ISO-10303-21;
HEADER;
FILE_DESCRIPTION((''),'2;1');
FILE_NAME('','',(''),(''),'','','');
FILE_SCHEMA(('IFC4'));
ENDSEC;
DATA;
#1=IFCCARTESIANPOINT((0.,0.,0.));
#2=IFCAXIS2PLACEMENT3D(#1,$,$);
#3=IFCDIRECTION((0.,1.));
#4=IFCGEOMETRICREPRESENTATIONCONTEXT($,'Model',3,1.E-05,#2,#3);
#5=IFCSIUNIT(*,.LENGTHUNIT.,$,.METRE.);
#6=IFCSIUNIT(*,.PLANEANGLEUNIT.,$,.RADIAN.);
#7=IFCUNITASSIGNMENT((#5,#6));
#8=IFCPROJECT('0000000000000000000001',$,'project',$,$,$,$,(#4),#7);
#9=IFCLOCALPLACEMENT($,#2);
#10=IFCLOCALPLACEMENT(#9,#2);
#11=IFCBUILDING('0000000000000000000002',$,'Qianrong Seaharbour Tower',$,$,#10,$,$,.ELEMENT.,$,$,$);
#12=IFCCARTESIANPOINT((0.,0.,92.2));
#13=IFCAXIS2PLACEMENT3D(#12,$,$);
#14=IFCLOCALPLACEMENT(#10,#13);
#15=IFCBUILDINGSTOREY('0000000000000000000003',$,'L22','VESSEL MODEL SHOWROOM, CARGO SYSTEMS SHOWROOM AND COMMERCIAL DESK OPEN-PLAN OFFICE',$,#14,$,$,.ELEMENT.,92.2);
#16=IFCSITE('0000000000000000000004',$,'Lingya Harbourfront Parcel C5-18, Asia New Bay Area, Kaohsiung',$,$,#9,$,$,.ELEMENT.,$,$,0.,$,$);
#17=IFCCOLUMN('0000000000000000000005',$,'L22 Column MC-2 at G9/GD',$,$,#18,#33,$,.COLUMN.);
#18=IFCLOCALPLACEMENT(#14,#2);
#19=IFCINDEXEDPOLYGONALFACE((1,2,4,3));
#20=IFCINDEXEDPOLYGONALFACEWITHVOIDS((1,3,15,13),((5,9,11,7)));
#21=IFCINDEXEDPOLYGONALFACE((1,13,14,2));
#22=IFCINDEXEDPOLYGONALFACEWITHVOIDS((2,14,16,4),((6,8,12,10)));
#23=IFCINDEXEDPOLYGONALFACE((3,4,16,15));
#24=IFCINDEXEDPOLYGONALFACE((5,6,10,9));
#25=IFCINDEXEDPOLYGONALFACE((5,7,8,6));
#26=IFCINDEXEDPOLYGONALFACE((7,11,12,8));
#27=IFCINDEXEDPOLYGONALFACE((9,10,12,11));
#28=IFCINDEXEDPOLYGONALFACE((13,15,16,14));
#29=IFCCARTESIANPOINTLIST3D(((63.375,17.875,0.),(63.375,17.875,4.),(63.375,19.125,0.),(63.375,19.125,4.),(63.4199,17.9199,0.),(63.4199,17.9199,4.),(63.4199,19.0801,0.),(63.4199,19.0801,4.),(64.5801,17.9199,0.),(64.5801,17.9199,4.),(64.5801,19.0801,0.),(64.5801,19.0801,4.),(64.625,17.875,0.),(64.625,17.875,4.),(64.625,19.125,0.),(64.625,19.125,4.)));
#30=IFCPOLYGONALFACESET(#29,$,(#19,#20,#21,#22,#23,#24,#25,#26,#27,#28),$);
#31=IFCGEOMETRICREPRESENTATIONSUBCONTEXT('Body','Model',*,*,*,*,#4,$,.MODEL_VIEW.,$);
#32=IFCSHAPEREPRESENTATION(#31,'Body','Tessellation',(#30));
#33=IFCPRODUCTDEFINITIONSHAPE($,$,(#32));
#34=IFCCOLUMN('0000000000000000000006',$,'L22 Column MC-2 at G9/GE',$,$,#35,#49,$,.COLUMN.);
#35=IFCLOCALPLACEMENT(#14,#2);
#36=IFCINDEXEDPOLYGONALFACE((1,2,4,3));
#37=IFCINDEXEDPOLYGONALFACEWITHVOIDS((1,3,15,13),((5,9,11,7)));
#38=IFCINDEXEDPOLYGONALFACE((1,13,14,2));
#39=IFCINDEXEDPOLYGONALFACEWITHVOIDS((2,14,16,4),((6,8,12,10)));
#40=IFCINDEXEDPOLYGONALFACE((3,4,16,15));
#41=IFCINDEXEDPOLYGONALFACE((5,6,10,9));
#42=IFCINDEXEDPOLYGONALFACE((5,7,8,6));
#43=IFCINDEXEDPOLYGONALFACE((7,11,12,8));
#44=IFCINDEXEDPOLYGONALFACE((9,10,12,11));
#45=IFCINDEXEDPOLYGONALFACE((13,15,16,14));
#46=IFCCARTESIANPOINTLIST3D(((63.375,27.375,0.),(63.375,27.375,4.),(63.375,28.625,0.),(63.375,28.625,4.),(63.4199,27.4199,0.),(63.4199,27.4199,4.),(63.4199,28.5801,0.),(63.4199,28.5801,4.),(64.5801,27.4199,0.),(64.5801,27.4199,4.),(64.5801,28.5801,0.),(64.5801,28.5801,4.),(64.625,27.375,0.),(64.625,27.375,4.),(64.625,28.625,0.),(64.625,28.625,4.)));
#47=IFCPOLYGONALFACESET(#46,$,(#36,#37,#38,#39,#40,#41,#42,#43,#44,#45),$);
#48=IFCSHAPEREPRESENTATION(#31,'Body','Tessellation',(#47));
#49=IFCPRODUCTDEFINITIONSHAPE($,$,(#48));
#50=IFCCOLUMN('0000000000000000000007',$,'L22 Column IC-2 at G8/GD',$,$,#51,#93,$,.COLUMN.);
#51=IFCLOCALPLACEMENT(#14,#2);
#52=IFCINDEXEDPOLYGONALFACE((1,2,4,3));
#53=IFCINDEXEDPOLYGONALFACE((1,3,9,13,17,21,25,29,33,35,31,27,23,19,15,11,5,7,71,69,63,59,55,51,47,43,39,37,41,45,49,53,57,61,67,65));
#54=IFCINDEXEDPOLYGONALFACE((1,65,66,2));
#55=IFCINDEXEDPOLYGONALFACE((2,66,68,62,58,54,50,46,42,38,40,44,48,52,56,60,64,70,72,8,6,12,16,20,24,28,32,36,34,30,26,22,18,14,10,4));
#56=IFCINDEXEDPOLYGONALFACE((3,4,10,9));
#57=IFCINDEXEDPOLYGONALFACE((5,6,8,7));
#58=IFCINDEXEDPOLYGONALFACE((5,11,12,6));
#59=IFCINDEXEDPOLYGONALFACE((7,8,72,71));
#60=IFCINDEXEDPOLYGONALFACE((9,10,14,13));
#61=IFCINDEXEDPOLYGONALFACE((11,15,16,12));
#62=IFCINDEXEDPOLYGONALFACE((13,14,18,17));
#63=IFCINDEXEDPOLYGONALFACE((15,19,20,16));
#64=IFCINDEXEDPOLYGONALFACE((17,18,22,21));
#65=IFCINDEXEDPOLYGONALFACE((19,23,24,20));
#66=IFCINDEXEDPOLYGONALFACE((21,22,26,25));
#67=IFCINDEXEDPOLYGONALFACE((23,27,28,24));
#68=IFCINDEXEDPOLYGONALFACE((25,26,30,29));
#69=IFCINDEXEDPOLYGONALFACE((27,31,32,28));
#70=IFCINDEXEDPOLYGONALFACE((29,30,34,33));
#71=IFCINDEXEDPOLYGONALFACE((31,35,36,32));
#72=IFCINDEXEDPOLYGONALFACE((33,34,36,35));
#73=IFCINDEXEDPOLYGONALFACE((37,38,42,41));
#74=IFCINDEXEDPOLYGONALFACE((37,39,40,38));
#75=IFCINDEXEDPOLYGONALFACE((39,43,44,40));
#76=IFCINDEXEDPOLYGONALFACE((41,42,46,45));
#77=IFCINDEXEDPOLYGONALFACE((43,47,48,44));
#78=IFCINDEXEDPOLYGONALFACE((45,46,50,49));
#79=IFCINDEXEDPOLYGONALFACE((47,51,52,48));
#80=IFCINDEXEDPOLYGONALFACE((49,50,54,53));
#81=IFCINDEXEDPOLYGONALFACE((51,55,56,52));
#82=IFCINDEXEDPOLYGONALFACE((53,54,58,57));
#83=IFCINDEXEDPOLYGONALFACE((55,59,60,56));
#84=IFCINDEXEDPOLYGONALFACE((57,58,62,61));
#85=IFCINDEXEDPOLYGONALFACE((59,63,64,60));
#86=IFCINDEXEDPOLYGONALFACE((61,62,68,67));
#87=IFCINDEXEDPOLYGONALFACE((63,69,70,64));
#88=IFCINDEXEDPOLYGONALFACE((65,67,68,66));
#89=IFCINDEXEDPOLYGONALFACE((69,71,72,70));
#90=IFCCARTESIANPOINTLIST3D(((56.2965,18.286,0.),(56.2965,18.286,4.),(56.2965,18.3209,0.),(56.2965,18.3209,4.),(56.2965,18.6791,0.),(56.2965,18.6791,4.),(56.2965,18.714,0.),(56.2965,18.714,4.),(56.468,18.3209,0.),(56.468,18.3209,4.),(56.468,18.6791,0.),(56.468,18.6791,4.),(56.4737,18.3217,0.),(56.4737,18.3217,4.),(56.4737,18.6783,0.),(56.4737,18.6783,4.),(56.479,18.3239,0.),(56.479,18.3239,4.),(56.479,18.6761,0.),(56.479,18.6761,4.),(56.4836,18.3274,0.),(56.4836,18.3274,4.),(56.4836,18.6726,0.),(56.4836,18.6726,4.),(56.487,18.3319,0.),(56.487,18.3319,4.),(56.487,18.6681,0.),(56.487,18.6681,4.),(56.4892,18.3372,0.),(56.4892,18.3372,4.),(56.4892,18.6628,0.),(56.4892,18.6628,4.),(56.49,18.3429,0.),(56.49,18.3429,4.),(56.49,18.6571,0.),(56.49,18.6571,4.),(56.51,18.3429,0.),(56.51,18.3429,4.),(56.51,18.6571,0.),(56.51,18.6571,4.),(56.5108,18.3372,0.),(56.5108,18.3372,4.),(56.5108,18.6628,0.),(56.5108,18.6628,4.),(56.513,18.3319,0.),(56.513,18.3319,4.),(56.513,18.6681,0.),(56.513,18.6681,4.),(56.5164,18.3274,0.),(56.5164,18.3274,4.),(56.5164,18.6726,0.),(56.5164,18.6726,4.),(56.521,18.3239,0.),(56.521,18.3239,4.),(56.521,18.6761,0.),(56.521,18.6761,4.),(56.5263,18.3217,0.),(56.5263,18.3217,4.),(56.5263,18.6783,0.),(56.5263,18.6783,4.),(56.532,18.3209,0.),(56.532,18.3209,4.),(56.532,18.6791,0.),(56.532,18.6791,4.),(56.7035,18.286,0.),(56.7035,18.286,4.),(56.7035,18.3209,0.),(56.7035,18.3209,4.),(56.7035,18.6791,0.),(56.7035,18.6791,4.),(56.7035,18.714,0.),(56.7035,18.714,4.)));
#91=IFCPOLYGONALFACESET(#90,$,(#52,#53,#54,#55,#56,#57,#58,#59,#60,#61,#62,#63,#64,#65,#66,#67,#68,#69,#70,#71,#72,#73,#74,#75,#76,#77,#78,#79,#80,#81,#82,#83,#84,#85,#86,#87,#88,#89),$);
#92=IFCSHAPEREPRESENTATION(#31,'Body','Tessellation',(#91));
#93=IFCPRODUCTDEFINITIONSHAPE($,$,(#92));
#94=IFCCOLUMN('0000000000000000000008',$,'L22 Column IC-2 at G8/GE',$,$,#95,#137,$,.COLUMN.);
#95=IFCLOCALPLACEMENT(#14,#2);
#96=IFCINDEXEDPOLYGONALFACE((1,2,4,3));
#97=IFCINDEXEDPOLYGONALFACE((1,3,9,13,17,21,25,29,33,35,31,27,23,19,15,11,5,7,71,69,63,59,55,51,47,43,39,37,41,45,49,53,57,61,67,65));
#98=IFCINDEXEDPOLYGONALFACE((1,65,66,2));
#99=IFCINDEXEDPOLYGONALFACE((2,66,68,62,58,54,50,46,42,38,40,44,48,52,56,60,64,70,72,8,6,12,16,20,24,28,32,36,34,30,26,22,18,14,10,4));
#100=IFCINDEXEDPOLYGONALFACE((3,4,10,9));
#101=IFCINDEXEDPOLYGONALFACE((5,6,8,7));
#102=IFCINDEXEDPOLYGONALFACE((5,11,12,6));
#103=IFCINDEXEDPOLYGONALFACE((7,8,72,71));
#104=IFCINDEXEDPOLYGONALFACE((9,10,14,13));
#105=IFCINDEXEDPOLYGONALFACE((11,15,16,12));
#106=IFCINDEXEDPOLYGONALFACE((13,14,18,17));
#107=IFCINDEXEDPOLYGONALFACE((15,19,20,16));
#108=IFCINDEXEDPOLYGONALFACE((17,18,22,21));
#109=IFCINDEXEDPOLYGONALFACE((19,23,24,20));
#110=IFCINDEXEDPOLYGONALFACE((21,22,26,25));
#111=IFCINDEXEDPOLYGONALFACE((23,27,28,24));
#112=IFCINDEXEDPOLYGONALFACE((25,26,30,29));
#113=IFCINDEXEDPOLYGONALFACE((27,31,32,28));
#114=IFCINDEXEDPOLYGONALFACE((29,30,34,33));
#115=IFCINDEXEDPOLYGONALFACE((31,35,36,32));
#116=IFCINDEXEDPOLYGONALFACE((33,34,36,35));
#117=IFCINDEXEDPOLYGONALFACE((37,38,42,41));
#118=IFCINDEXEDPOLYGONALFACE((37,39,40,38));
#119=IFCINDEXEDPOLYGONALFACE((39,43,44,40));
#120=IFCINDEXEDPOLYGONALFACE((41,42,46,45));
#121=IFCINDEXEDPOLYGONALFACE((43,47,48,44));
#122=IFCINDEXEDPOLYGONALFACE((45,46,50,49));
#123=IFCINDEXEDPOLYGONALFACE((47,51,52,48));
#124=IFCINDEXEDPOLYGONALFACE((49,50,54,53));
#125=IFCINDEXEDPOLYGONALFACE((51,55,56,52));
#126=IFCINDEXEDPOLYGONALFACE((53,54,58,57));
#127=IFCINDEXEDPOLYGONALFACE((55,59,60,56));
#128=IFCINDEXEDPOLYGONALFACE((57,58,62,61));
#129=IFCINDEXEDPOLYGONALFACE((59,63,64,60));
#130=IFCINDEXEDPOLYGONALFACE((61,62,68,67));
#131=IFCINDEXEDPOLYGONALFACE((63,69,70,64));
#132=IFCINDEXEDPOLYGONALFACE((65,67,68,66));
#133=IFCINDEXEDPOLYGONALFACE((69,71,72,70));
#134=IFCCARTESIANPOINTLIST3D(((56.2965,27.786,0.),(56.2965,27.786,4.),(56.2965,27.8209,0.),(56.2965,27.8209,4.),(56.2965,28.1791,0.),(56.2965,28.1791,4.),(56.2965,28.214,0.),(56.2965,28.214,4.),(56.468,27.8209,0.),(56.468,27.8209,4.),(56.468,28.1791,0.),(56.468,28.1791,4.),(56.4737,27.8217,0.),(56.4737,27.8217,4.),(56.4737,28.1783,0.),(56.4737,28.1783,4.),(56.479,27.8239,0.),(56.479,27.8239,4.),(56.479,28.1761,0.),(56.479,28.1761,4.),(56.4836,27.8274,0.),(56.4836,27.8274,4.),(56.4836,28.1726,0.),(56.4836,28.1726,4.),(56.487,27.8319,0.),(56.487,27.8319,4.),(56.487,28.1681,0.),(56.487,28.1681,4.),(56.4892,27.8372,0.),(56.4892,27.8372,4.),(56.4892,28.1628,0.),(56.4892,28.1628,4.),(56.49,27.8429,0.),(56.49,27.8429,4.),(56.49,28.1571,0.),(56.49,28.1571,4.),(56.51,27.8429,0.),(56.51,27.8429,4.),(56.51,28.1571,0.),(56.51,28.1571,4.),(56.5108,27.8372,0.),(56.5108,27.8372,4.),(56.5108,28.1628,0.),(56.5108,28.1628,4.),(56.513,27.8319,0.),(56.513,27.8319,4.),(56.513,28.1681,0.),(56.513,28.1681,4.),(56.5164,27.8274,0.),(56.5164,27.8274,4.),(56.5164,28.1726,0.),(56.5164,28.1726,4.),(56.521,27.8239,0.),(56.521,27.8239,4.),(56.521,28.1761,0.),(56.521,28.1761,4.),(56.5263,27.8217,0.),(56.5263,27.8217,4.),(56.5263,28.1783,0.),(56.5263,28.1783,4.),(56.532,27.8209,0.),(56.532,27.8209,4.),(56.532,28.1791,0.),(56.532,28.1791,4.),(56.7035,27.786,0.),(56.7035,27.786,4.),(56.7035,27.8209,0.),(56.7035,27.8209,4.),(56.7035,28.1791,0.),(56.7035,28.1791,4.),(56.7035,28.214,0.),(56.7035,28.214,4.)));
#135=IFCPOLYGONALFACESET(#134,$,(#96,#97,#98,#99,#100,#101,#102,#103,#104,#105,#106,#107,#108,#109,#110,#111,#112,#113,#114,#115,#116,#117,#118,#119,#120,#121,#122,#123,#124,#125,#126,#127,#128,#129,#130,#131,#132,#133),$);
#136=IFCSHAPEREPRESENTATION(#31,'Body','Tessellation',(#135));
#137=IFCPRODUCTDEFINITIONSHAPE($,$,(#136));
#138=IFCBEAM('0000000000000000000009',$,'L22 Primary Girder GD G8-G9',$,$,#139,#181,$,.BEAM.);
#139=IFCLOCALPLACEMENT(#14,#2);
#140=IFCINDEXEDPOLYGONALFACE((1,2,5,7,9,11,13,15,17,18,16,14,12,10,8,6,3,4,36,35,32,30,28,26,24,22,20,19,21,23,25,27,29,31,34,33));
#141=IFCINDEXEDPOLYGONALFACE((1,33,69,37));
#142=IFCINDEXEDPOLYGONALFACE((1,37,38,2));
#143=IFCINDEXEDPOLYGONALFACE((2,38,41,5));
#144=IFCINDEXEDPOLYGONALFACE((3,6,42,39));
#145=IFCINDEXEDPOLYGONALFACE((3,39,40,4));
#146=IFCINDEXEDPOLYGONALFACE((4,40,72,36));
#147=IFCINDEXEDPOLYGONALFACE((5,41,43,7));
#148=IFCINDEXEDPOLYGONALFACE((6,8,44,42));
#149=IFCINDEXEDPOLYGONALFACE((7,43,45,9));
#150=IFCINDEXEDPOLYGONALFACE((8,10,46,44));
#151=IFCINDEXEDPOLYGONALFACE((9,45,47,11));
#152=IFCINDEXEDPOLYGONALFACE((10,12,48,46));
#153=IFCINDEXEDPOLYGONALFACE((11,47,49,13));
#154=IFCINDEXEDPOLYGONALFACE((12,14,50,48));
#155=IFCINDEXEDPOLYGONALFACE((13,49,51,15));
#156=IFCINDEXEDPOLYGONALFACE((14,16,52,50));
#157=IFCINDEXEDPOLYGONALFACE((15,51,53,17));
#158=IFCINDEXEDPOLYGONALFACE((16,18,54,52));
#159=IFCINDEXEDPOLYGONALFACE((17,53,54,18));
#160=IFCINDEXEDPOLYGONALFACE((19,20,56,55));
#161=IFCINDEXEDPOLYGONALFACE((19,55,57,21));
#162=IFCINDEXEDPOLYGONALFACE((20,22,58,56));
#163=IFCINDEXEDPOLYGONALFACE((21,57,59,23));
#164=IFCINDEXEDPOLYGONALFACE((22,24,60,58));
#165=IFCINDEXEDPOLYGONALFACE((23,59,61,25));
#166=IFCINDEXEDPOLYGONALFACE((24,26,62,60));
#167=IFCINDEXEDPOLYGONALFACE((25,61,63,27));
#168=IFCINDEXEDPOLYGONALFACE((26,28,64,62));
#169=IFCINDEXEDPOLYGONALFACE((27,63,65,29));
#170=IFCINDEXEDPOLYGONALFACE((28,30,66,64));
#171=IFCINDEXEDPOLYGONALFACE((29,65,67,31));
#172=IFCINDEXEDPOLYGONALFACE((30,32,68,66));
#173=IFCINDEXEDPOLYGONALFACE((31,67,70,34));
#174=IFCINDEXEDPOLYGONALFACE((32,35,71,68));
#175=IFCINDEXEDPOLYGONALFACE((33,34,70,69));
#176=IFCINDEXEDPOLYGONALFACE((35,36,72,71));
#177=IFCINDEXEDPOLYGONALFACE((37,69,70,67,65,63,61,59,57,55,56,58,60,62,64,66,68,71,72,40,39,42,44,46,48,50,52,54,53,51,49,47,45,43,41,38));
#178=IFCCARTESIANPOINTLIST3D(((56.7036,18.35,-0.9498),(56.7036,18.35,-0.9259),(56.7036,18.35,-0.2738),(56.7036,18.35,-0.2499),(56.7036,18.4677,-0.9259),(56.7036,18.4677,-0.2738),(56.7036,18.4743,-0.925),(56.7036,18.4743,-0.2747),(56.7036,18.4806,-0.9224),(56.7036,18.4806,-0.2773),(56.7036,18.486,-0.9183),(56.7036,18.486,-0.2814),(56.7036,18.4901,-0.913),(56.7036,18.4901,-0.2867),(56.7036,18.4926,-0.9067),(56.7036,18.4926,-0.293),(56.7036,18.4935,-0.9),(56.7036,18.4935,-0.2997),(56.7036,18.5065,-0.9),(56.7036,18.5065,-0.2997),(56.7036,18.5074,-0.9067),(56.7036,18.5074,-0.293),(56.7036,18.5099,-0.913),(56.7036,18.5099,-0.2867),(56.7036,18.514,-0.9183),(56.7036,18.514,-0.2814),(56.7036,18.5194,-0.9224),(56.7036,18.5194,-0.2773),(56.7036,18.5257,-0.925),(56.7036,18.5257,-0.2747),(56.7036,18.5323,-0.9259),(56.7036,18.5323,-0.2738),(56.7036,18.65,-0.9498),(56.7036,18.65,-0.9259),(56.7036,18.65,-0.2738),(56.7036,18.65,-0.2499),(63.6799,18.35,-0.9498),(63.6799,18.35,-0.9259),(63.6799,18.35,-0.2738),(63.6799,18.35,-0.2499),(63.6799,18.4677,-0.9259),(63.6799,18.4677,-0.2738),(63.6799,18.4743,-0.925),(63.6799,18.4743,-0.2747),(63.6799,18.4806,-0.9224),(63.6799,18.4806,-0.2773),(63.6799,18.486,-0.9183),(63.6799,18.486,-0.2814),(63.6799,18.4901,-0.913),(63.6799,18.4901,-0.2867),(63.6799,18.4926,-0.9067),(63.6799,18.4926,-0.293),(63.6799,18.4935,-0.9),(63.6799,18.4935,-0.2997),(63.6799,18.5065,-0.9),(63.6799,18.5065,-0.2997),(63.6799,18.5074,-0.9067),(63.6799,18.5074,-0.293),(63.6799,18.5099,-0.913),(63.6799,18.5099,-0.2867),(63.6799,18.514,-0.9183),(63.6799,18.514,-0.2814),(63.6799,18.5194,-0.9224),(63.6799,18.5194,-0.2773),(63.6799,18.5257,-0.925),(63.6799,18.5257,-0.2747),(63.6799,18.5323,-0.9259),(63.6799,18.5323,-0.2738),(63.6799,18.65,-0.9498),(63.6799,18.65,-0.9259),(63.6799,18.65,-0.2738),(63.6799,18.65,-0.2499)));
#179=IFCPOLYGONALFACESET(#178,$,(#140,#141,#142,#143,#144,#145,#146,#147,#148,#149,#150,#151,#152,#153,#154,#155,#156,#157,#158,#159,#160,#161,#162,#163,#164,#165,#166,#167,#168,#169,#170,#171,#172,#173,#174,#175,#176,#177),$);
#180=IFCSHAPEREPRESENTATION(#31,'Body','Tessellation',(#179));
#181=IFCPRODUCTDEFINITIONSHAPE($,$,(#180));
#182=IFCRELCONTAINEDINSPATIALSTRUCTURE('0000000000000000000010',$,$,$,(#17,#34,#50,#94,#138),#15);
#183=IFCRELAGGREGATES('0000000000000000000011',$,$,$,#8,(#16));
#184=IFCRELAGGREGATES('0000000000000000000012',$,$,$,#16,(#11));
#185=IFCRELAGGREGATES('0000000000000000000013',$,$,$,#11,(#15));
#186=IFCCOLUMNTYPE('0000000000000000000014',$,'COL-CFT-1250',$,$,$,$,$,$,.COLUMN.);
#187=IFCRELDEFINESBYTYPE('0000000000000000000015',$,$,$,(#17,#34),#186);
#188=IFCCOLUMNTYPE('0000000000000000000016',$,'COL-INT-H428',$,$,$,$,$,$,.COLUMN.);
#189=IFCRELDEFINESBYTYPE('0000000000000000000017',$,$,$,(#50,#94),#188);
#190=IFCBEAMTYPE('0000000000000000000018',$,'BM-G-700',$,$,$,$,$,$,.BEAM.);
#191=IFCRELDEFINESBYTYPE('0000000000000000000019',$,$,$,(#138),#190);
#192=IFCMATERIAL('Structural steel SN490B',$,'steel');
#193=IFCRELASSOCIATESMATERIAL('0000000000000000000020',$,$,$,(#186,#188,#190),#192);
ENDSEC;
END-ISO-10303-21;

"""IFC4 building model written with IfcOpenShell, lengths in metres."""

from ifc_helpers import new_model, si_unit, direction, frame, origin, origin_2d, place, context, subcontext, project, spatial, hollow_rectangle, i_section, extrude, material, material_profile, profile_set, type_object, element, save


model = new_model("IFC4")

# Units and contexts
model_context = context("Model", 3, precision=1e-05, world=origin(), true_north=direction((0.0, 1.0)))
body_context = subcontext(model_context, "Body", "Model", "MODEL_VIEW")
ifc_project = project(units=[si_unit("LENGTHUNIT", "METRE"), si_unit("PLANEANGLEUNIT", "RADIAN")], contexts=[model_context])

# Site, building, storey
site_placement = place(None, origin())
site = spatial("IfcSite", under=ifc_project, at=site_placement, Name="Lingya Harbourfront Parcel C5-18, Asia New Bay Area, Kaohsiung", CompositionType="ELEMENT", RefElevation=0.0)
building_placement = place(site_placement, origin())
building = spatial("IfcBuilding", under=site, at=building_placement, Name="Qianrong Seaharbour Tower", CompositionType="ELEMENT")
storey_placement = place(building_placement, frame((0.0, 0.0, 92.2)))
storey = spatial("IfcBuildingStorey", under=building, at=storey_placement, Name="L22", Description="VESSEL MODEL SHOWROOM, CARGO SYSTEMS SHOWROOM AND COMMERCIAL DESK OPEN-PLAN OFFICE", CompositionType="ELEMENT", Elevation=92.2)

# Columns
ifc_material_1 = material(Name="Structural steel SN490B", Category="steel")
ifc_material_profile_1 = material_profile(ifc_material_1, hollow_rectangle(XDim=1.25, YDim=1.25, WallThickness=0.0449, at=origin_2d()), Name="BOX1250x1250x45")
ifc_profile_set_1 = profile_set([ifc_material_profile_1], Name="Structural steel SN490B")
column_type_1 = type_object("IfcColumnType", Name="COL-CFT-1250", PredefinedType="COLUMN", material=ifc_profile_set_1)
for number, where, z_axis, x_axis, name in (
    (1, (64.0, 18.5, 0.0), (0.0, 0.0, 1.0), (1.0, 0.0, 0.0), "L22 Column MC-2 at G9/GD"),
    (2, (64.0, 28.0, 0.0), (0.0, 0.0, 1.0), (1.0, 0.0, 0.0), "L22 Column MC-2 at G9/GE"),
):
    element("IfcColumn", number, at=place(storey_placement, frame(where, z_axis=z_axis, x_axis=x_axis)), inside=storey, type_object=column_type_1, Name=name, PredefinedType="COLUMN", context=body_context, shape_type="SweptSolid", body=[
        extrude(hollow_rectangle(XDim=1.25, YDim=1.25, WallThickness=0.0449, at=origin_2d()), origin(), (0.0, 0.0, 1.0), 4.0),
    ])
ifc_material_profile_2 = material_profile(ifc_material_1, i_section(OverallWidth=0.407, OverallDepth=0.428, WebThickness=0.02, FlangeThickness=0.0349, FilletRadius=0.022, at=origin_2d()), Name="H428x407x20x35")
ifc_profile_set_2 = profile_set([ifc_material_profile_2], Name="Structural steel SN490B")
column_type_2 = type_object("IfcColumnType", Name="COL-INT-H428", PredefinedType="COLUMN", material=ifc_profile_set_2)
for number, where, z_axis, x_axis, name in (
    (3, (56.5, 18.5, 0.0), (0.0, 0.0, 1.0), (1.0, 0.0, 0.0), "L22 Column IC-2 at G8/GD"),
    (4, (56.5, 28.0, 0.0), (0.0, 0.0, 1.0), (1.0, 0.0, 0.0), "L22 Column IC-2 at G8/GE"),
):
    element("IfcColumn", number, at=place(storey_placement, frame(where, z_axis=z_axis, x_axis=x_axis)), inside=storey, type_object=column_type_2, Name=name, PredefinedType="COLUMN", context=body_context, shape_type="SweptSolid", body=[
        extrude(i_section(OverallWidth=0.407, OverallDepth=0.428, WebThickness=0.02, FlangeThickness=0.0349, FilletRadius=0.022, at=origin_2d()), origin(), (0.0, 0.0, 1.0), 4.0),
    ])

# Beam
ifc_material_profile_3 = material_profile(ifc_material_1, i_section(OverallWidth=0.3, OverallDepth=0.7, WebThickness=0.0129, FlangeThickness=0.0239, FilletRadius=0.0259, at=origin_2d()), Name="H700x300x13x24")
ifc_profile_set_3 = profile_set([ifc_material_profile_3], Name="Structural steel SN490B")
beam_type_1 = type_object("IfcBeamType", Name="BM-G-700", PredefinedType="BEAM", material=ifc_profile_set_3)
for number, where, z_axis, x_axis, name in (
    (5, (56.7036, 18.5, -0.5999), (1.0, 0.0, 0.0), (0.0, 1.0, 0.0), "L22 Primary Girder GD G8-G9"),
):
    element("IfcBeam", number, at=place(storey_placement, frame(where, z_axis=z_axis, x_axis=x_axis)), inside=storey, type_object=beam_type_1, Name=name, PredefinedType="BEAM", context=body_context, shape_type="SweptSolid", body=[
        extrude(i_section(OverallWidth=0.3, OverallDepth=0.7, WebThickness=0.0129, FlangeThickness=0.0239, FilletRadius=0.0259, at=origin_2d()), origin(), (0.0, 0.0, 1.0), 6.9763),
    ])

save(model, "model.ifc")
